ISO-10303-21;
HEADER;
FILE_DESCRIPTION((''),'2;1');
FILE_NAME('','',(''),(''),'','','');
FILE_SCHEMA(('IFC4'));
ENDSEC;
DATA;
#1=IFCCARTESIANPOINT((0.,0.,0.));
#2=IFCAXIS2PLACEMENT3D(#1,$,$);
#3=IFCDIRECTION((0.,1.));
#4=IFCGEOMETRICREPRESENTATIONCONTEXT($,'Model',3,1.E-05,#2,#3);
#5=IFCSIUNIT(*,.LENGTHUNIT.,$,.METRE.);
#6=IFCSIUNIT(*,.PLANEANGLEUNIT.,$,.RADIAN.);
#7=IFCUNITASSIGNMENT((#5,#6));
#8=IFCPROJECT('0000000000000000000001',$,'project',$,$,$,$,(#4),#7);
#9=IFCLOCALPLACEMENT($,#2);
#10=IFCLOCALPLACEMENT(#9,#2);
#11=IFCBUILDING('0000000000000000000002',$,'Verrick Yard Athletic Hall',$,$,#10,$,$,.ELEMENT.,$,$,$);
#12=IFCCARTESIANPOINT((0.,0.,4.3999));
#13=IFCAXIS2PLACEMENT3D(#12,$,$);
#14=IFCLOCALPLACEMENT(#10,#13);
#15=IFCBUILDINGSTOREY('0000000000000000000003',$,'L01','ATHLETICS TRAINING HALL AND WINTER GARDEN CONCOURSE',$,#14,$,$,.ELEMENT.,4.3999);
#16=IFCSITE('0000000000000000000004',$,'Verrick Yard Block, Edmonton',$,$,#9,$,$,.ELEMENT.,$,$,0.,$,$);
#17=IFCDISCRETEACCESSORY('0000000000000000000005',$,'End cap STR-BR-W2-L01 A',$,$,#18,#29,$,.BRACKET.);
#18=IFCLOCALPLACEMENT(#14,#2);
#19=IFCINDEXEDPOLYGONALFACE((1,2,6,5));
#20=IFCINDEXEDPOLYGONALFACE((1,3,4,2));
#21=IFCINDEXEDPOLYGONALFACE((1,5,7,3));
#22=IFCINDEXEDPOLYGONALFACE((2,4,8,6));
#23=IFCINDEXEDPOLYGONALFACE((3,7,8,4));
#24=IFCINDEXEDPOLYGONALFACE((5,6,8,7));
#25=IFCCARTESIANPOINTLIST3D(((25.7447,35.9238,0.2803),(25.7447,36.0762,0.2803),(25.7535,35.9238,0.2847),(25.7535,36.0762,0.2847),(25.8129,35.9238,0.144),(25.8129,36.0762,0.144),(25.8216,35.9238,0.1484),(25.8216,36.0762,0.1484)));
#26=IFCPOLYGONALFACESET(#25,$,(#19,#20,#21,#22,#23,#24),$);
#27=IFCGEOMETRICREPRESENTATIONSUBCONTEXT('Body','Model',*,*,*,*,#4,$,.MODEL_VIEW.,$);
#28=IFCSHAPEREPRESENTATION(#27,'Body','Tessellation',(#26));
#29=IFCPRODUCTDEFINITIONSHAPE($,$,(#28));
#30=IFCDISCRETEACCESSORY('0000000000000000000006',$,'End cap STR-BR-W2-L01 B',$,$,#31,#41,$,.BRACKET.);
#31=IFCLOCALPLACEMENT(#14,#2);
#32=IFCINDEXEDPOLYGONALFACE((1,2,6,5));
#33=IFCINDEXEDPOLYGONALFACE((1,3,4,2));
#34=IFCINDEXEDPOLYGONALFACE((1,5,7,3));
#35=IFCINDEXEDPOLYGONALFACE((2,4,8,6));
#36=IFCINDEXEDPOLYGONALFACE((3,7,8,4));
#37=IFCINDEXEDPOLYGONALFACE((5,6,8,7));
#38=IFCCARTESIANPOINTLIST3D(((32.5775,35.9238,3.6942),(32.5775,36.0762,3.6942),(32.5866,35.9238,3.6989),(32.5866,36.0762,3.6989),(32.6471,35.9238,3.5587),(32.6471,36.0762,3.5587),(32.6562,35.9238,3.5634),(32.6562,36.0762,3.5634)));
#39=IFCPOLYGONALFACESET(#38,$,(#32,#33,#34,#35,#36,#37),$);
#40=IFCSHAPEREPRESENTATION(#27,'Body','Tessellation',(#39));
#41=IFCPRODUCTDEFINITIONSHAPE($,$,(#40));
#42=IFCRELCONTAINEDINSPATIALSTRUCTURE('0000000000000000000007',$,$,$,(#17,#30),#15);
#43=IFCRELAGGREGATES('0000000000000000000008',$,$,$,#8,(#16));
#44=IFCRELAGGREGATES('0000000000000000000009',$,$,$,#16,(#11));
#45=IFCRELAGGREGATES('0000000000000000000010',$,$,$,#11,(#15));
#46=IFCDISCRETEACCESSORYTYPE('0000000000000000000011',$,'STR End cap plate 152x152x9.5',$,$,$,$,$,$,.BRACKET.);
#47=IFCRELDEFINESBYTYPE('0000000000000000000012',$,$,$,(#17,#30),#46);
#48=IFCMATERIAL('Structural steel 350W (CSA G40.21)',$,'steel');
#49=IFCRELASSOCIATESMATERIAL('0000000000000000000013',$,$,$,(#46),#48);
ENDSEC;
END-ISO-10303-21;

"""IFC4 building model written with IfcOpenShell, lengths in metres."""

from ifc_helpers import new_model, si_unit, direction, frame, origin, origin_2d, place, context, subcontext, project, spatial, rectangle, extrude, material, material_profile, profile_set, type_object, element, save


model = new_model("IFC4")

# Units and contexts
model_context = context("Model", 3, precision=1e-05, world=origin(), true_north=direction((0.0, 1.0)))
body_context = subcontext(model_context, "Body", "Model", "MODEL_VIEW")
ifc_project = project(units=[si_unit("LENGTHUNIT", "METRE"), si_unit("PLANEANGLEUNIT", "RADIAN")], contexts=[model_context])

# Site, building, storey
site_placement = place(None, origin())
site = spatial("IfcSite", under=ifc_project, at=site_placement, Name="Verrick Yard Block, Edmonton", CompositionType="ELEMENT", RefElevation=0.0)
building_placement = place(site_placement, origin())
building = spatial("IfcBuilding", under=site, at=building_placement, Name="Verrick Yard Athletic Hall", CompositionType="ELEMENT")
storey_placement = place(building_placement, frame((0.0, 0.0, 4.3999)))
storey = spatial("IfcBuildingStorey", under=building, at=storey_placement, Name="L01", Description="ATHLETICS TRAINING HALL AND WINTER GARDEN CONCOURSE", CompositionType="ELEMENT", Elevation=4.3999)

# Shared definitions
ifc_material_1 = material(Name="Structural steel 350W (CSA G40.21)", Category="steel")

# Discrete accessories
ifc_material_profile_1 = material_profile(ifc_material_1, rectangle(XDim=0.1523, YDim=0.1523, at=origin_2d()), Name="STR End cap plate 152x152x9.5")
ifc_profile_set_1 = profile_set([ifc_material_profile_1], Name="Structural steel 350W (CSA G40.21)")
discrete_accessory_type = type_object("IfcDiscreteAccessoryType", Name="STR End cap plate 152x152x9.5", PredefinedType="BRACKET", material=ifc_profile_set_1)
discrete_accessory_1_placement = place(storey_placement, frame((25.7788, 36.0, 0.2122), z_axis=(0.894427, 0.0, 0.447214), x_axis=(0.0, 1.0, 0.0)))
element("IfcDiscreteAccessory", 1, at=discrete_accessory_1_placement, inside=storey, type_object=discrete_accessory_type, Name="End cap STR-BR-W2-L01 A", PredefinedType="BRACKET", context=body_context, shape_type="SweptSolid", body=[
    extrude(rectangle(XDim=0.1523, YDim=0.1523, at=origin_2d()), origin(), (0.0, 0.0, 1.0), 0.0098),
])
discrete_accessory_2_placement = place(storey_placement, frame((32.6123, 36.0, 3.6265), z_axis=(0.889567, 0.0, 0.456805), x_axis=(0.0, 1.0, 0.0)))
element("IfcDiscreteAccessory", 2, at=discrete_accessory_2_placement, inside=storey, type_object=discrete_accessory_type, Name="End cap STR-BR-W2-L01 B", PredefinedType="BRACKET", context=body_context, shape_type="SweptSolid", body=[
    extrude(rectangle(XDim=0.1523, YDim=0.1523, at=origin_2d()), origin(), (0.0, 0.0, 1.0), 0.0103),
])

save(model, "model.ifc")
